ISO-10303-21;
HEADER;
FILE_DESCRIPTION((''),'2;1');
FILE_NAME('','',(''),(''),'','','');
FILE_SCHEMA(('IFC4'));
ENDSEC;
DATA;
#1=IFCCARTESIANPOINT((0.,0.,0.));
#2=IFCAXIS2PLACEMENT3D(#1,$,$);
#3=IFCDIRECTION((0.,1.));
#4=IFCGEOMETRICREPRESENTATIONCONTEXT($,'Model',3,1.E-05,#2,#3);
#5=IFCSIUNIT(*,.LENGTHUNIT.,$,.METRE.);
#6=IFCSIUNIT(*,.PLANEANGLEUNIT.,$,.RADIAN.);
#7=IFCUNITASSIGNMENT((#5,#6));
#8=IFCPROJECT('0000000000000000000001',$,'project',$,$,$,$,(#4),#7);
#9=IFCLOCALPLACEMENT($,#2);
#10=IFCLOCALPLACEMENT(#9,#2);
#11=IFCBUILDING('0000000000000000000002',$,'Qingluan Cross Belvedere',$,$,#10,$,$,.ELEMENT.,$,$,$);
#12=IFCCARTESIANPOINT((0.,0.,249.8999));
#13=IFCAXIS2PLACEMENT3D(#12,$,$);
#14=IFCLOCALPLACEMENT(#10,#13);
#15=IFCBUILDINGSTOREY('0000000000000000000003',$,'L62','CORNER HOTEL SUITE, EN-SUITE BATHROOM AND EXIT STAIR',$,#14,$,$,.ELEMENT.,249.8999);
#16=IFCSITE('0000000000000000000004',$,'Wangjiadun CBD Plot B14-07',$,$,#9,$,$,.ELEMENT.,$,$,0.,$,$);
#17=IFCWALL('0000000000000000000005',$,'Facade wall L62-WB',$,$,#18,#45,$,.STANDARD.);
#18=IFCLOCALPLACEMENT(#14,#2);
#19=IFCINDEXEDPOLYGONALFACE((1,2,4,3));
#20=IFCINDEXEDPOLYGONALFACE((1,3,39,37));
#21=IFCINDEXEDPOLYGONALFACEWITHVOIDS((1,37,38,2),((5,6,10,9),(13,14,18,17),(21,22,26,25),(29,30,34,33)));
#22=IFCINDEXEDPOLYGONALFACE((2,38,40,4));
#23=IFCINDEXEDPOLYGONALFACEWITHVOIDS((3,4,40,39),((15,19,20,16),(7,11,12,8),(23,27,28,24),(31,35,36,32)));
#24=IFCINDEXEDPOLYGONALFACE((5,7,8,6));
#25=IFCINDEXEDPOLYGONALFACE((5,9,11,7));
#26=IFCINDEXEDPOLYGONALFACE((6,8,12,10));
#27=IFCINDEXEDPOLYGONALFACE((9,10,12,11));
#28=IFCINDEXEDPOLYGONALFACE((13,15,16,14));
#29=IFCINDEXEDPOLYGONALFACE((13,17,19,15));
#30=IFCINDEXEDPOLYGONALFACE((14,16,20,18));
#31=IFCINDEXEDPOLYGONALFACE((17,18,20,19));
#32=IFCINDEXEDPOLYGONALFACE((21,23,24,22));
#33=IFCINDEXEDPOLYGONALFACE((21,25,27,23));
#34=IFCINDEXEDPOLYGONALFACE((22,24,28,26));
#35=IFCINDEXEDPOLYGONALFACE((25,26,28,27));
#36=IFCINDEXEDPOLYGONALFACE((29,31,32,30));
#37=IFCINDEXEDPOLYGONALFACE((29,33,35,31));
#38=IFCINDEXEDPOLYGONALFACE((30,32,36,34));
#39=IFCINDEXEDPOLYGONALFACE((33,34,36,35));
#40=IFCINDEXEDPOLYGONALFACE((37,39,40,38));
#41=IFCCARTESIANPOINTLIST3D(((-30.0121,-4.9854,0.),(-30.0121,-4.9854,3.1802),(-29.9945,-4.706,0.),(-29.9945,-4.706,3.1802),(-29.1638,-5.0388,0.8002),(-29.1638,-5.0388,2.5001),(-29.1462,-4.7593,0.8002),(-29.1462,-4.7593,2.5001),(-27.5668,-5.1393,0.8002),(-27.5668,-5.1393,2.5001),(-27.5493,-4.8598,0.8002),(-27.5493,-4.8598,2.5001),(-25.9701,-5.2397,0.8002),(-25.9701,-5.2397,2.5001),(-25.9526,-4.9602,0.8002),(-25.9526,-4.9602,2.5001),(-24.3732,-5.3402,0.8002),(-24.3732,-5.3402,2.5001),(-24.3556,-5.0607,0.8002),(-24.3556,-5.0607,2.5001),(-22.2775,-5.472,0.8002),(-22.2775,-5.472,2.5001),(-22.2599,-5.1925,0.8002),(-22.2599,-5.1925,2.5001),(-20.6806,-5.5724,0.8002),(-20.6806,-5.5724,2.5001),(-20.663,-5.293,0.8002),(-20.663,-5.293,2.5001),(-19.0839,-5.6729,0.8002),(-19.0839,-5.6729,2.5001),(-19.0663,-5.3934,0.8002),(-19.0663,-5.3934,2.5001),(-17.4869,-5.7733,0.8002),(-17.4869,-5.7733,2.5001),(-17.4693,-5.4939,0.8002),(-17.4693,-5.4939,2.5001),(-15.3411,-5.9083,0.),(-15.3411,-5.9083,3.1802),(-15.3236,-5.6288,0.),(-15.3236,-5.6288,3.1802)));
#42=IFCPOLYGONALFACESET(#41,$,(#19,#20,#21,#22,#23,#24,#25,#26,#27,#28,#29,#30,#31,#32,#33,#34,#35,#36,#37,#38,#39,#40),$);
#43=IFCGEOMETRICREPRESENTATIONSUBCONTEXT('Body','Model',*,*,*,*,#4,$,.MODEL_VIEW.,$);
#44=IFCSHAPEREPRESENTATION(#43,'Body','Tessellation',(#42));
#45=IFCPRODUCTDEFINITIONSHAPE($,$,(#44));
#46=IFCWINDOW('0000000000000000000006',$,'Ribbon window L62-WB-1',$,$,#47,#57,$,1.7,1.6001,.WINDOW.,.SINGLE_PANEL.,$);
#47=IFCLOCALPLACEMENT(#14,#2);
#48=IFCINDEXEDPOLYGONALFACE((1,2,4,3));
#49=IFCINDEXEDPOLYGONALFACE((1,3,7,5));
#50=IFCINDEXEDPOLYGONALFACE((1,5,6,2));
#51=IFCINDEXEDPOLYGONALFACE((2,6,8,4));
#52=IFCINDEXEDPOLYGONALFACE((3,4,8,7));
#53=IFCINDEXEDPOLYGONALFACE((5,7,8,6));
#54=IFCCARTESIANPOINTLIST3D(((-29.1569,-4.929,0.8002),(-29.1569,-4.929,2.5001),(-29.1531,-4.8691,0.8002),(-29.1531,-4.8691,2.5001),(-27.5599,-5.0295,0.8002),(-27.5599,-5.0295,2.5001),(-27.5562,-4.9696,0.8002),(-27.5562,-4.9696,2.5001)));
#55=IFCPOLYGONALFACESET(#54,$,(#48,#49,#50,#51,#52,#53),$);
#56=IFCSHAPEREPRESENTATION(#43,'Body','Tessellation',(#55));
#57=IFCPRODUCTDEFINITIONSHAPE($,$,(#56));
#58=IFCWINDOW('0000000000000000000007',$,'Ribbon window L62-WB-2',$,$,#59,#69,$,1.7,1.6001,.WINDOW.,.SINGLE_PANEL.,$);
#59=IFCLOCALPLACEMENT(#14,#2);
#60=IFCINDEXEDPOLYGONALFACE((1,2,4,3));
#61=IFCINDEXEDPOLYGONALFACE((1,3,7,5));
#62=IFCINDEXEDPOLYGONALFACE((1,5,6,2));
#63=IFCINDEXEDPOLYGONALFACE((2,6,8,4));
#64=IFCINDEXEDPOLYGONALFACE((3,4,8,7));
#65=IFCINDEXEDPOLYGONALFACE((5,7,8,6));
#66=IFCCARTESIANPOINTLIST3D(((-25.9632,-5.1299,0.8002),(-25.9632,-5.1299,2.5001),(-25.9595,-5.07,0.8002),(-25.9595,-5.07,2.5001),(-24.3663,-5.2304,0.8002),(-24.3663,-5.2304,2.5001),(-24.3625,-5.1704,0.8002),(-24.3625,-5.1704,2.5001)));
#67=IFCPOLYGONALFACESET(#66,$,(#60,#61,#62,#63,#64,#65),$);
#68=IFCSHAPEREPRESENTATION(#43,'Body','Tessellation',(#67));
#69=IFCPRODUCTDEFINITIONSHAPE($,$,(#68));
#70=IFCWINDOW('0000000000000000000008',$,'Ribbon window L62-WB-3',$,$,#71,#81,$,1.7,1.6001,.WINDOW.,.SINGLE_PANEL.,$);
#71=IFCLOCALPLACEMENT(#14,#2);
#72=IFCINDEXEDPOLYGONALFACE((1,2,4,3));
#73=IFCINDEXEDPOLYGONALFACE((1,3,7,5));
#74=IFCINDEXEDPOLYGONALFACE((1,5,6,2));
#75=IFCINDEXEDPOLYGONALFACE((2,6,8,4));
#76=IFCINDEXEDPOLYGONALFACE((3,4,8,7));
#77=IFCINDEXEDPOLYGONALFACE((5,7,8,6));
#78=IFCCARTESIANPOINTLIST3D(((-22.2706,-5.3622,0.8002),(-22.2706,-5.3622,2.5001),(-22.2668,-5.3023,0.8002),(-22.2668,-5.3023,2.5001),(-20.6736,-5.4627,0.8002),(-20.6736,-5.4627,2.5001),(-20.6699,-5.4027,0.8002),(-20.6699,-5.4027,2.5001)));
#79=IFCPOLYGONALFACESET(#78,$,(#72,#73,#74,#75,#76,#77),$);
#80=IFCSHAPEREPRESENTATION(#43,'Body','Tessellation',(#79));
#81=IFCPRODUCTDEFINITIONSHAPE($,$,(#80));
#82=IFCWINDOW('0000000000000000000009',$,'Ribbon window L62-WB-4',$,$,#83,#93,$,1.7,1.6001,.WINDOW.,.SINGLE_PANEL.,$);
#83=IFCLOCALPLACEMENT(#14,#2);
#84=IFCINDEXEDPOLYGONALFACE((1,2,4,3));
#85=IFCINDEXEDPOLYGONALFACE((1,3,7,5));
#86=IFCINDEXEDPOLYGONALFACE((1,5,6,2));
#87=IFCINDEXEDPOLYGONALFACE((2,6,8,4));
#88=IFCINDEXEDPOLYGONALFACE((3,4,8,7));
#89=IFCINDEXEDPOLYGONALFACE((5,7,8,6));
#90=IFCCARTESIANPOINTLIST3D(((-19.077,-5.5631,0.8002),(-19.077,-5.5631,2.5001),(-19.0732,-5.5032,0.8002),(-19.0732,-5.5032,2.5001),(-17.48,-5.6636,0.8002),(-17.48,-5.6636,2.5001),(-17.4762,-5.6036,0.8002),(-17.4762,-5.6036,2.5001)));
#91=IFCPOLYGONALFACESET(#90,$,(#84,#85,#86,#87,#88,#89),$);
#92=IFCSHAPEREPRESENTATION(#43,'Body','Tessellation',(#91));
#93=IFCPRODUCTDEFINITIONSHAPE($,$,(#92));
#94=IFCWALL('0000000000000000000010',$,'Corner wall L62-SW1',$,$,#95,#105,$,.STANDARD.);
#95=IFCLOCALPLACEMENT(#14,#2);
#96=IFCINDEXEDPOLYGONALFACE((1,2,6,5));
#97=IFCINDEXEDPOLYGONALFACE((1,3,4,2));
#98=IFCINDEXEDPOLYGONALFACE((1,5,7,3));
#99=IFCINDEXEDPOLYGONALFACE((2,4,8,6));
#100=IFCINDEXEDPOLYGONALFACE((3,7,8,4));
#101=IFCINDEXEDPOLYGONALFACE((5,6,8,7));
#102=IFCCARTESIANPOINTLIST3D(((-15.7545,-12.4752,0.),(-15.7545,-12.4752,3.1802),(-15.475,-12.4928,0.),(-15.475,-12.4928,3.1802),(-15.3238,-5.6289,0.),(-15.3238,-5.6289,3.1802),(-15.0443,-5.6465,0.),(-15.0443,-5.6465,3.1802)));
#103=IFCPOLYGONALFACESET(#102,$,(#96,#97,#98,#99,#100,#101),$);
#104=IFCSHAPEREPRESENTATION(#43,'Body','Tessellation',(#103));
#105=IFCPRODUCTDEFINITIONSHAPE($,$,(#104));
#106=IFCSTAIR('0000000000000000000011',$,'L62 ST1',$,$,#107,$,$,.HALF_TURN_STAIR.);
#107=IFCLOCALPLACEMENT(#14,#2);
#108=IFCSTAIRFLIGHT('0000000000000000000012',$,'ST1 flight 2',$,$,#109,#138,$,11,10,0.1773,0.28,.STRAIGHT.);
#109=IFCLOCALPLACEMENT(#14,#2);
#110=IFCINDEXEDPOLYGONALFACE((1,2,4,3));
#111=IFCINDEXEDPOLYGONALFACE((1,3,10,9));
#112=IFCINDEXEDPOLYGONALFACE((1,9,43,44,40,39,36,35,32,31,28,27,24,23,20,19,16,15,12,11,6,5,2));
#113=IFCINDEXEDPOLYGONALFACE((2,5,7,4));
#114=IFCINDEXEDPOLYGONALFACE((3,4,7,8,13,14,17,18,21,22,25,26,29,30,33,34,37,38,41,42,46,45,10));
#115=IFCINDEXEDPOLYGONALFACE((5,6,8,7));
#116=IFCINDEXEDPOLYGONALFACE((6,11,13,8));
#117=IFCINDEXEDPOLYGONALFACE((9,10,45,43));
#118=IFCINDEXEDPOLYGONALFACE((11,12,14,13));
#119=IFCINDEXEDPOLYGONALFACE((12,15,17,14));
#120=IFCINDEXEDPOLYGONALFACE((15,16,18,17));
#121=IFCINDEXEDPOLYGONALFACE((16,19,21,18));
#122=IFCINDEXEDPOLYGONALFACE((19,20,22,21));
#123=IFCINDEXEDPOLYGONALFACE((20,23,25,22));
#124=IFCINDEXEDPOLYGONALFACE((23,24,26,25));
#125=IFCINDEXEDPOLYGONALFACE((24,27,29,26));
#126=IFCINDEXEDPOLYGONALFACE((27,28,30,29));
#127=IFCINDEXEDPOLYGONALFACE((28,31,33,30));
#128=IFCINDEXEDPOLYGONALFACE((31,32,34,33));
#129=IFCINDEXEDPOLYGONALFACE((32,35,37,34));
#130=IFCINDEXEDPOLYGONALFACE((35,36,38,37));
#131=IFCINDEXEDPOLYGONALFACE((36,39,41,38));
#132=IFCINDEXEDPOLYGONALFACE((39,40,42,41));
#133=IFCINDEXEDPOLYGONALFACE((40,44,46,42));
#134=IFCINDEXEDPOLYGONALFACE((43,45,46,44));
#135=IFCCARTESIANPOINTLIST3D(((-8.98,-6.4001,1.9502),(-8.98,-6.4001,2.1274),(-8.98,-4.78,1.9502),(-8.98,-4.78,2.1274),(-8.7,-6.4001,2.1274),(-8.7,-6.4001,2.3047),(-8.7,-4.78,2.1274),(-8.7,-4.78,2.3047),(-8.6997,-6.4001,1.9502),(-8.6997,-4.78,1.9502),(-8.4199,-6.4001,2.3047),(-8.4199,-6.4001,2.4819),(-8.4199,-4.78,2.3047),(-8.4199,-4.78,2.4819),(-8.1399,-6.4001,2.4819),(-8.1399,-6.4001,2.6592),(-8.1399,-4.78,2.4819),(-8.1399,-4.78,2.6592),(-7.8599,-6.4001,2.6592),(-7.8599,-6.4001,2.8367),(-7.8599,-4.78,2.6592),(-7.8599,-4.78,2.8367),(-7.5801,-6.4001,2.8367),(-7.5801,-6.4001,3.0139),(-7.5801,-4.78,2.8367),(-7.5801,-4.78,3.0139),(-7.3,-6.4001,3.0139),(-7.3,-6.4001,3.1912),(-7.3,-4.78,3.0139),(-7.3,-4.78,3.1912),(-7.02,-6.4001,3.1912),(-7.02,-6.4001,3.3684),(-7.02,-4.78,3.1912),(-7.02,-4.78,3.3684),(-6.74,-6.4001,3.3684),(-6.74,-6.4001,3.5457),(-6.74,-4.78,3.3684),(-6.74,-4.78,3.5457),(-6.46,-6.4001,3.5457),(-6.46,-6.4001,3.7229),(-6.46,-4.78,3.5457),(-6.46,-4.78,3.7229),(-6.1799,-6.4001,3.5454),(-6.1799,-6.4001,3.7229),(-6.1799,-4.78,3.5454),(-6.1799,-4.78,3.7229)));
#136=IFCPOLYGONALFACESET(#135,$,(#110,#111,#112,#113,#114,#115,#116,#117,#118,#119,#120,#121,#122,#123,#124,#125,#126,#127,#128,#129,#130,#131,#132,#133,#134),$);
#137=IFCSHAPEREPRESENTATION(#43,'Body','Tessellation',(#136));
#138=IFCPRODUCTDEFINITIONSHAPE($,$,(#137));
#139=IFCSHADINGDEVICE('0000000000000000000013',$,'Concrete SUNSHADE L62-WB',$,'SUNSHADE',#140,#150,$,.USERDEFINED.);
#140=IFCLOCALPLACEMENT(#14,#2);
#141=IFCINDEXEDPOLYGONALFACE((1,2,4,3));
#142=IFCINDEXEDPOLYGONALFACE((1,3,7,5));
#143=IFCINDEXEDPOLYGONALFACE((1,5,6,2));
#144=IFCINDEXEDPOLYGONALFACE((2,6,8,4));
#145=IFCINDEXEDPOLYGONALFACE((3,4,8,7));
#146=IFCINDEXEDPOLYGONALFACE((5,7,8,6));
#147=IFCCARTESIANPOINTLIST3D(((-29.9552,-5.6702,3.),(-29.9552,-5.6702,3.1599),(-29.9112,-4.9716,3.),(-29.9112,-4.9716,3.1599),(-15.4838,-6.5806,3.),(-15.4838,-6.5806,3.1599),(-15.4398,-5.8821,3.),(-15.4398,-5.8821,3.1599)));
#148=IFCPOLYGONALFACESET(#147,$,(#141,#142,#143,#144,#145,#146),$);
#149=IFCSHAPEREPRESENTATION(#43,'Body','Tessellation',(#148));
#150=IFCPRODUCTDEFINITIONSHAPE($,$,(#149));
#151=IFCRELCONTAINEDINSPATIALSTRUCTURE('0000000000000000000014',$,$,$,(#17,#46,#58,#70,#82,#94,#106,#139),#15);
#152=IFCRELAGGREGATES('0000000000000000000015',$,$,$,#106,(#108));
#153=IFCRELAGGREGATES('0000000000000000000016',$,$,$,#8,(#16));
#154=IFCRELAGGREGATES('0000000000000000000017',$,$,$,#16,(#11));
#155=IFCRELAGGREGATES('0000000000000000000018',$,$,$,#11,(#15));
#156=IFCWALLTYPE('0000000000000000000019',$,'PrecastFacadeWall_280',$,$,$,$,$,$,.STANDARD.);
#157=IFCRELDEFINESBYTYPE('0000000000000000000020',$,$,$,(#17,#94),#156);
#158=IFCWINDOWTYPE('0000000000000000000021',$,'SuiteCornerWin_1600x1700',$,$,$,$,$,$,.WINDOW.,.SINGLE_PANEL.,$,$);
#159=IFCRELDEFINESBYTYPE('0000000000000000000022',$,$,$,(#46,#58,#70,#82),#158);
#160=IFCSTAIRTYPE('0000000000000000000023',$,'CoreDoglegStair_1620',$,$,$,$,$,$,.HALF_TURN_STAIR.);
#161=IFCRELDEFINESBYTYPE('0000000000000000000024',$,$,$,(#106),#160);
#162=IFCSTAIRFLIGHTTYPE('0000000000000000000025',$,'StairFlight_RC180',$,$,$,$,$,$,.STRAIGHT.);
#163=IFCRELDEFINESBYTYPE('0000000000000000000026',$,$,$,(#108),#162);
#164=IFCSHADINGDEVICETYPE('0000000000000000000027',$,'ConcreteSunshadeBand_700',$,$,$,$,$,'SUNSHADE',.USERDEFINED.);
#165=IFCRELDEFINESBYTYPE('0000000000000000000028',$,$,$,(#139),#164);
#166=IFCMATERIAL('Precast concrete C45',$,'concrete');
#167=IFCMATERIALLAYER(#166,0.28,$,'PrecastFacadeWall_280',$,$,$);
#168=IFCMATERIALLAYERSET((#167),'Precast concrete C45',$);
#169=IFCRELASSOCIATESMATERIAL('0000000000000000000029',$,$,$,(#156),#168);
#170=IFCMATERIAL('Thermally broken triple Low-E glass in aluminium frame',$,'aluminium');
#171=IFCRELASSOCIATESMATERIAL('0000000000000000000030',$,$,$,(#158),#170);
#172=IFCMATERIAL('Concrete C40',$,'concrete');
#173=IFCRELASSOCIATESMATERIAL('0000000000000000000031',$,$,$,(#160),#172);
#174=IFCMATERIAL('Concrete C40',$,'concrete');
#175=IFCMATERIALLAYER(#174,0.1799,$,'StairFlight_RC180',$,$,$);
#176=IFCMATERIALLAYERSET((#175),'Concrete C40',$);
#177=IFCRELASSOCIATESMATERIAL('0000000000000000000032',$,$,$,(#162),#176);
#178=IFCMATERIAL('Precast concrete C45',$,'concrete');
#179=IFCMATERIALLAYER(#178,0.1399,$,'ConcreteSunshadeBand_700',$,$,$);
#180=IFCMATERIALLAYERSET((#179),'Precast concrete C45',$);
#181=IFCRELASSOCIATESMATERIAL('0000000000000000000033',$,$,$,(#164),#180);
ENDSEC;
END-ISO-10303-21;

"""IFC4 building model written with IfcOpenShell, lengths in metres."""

from ifc_helpers import new_model, si_unit, direction, frame, frame_2d, origin, origin_2d, place, context, subcontext, project, spatial, polyline, rectangle, outline, extrude, material, layer, layer_set, type_object, element, fill, aggregate, save


model = new_model("IFC4")

# Units and contexts
model_context = context("Model", 3, precision=1e-05, world=origin(), true_north=direction((0.0, 1.0)))
body_context = subcontext(model_context, "Body", "Model", "MODEL_VIEW")
ifc_project = project(units=[si_unit("LENGTHUNIT", "METRE"), si_unit("PLANEANGLEUNIT", "RADIAN")], contexts=[model_context])

# Site, building, storey
site_placement = place(None, origin())
site = spatial("IfcSite", under=ifc_project, at=site_placement, Name="Wangjiadun CBD Plot B14-07", CompositionType="ELEMENT", RefElevation=0.0)
building_placement = place(site_placement, origin())
building = spatial("IfcBuilding", under=site, at=building_placement, Name="Qingluan Cross Belvedere", CompositionType="ELEMENT")
storey_placement = place(building_placement, frame((0.0, 0.0, 249.8999)))
storey = spatial("IfcBuildingStorey", under=building, at=storey_placement, Name="L62", Description="CORNER HOTEL SUITE, EN-SUITE BATHROOM AND EXIT STAIR", CompositionType="ELEMENT", Elevation=249.8999)

# Wall, openings, windows
ifc_material_1 = material(Name="Precast concrete C45", Category="concrete")
ifc_layer_1 = layer(ifc_material_1, 0.28, Name="PrecastFacadeWall_280")
ifc_layer_set_1 = layer_set([ifc_layer_1], Name="Precast concrete C45")
wall_type_1 = type_object("IfcWallType", Name="PrecastFacadeWall_280", PredefinedType="STANDARD", material=ifc_layer_set_1)
wall_1_placement = place(storey_placement, frame((-30.0034, -4.8457, 0.0), z_axis=(0.0, 0.0, 1.0), x_axis=(0.998027, -0.062779, 0.0)))
wall_1 = element("IfcWall", 1, at=wall_1_placement, inside=storey, type_object=wall_type_1, Name="Facade wall L62-WB", PredefinedType="STANDARD", context=body_context, shape_type="SweptSolid", body=[
    extrude(rectangle(XDim=14.7, YDim=0.28, at=frame_2d((7.3501, 0.0))), origin(), (0.0, 0.0, 1.0), 3.1802),
])
opening_1_placement = place(wall_1_placement, frame((0.8501, 0.0, 0.8)))
opening_1 = element("IfcOpeningElement", 2, at=opening_1_placement, cuts=wall_1, PredefinedType="OPENING", context=body_context, shape_type="SweptSolid", body=[
    extrude(rectangle(XDim=1.6001, YDim=1.7, at=frame_2d((0.8, 0.8501))), frame((0.0, 0.1499, 0.0), z_axis=(0.0, -1.0, 0.0), x_axis=(1.0, 0.0, 0.0)), (0.0, 0.0, 1.0), 0.3),
])
opening_2_placement = place(wall_1_placement, frame((4.05, 0.0, 0.8)))
opening_2 = element("IfcOpeningElement", 3, at=opening_2_placement, cuts=wall_1, PredefinedType="OPENING", context=body_context, shape_type="SweptSolid", body=[
    extrude(rectangle(XDim=1.6001, YDim=1.7, at=frame_2d((0.8, 0.8501))), frame((0.0, 0.1499, 0.0), z_axis=(0.0, -1.0, 0.0), x_axis=(1.0, 0.0, 0.0)), (0.0, 0.0, 1.0), 0.3),
])
opening_3_placement = place(wall_1_placement, frame((7.75, 0.0, 0.8)))
opening_3 = element("IfcOpeningElement", 4, at=opening_3_placement, cuts=wall_1, PredefinedType="OPENING", context=body_context, shape_type="SweptSolid", body=[
    extrude(rectangle(XDim=1.6001, YDim=1.7, at=frame_2d((0.8, 0.8501))), frame((0.0, 0.1499, 0.0), z_axis=(0.0, -1.0, 0.0), x_axis=(1.0, 0.0, 0.0)), (0.0, 0.0, 1.0), 0.3),
])
opening_4_placement = place(wall_1_placement, frame((10.95, 0.0, 0.8)))
opening_4 = element("IfcOpeningElement", 5, at=opening_4_placement, cuts=wall_1, PredefinedType="OPENING", context=body_context, shape_type="SweptSolid", body=[
    extrude(rectangle(XDim=1.6001, YDim=1.7, at=frame_2d((0.8, 0.8501))), frame((0.0, 0.1499, 0.0), z_axis=(0.0, -1.0, 0.0), x_axis=(1.0, 0.0, 0.0)), (0.0, 0.0, 1.0), 0.3),
])
ifc_material_2 = material(Name="Thermally broken triple Low-E glass in aluminium frame", Category="aluminium")
window_type = type_object("IfcWindowType", Name="SuiteCornerWin_1600x1700", PartitioningType="SINGLE_PANEL", PredefinedType="WINDOW", material=ifc_material_2)
window_1_placement = place(opening_1_placement, origin())
window_1 = element("IfcWindow", 6, at=window_1_placement, inside=storey, type_object=window_type, Name="Ribbon window L62-WB-1", OverallHeight=1.7, OverallWidth=1.6001, PartitioningType="SINGLE_PANEL", PredefinedType="WINDOW", context=body_context, shape_type="SweptSolid", body=[
    extrude(rectangle(XDim=1.6001, YDim=1.7, at=frame_2d((0.8, 0.8501))), frame((0.0, 0.03, 0.0), z_axis=(0.0, -1.0, 0.0), x_axis=(1.0, 0.0, 0.0)), (0.0, 0.0, 1.0), 0.0601),
])
fill(opening_1, window_1)
window_2_placement = place(opening_2_placement, origin())
window_2 = element("IfcWindow", 7, at=window_2_placement, inside=storey, type_object=window_type, Name="Ribbon window L62-WB-2", OverallHeight=1.7, OverallWidth=1.6001, PartitioningType="SINGLE_PANEL", PredefinedType="WINDOW", context=body_context, shape_type="SweptSolid", body=[
    extrude(rectangle(XDim=1.6001, YDim=1.7, at=frame_2d((0.8, 0.8501))), frame((0.0, 0.03, 0.0), z_axis=(0.0, -1.0, 0.0), x_axis=(1.0, 0.0, 0.0)), (0.0, 0.0, 1.0), 0.0601),
])
fill(opening_2, window_2)
window_3_placement = place(opening_3_placement, origin())
window_3 = element("IfcWindow", 8, at=window_3_placement, inside=storey, type_object=window_type, Name="Ribbon window L62-WB-3", OverallHeight=1.7, OverallWidth=1.6001, PartitioningType="SINGLE_PANEL", PredefinedType="WINDOW", context=body_context, shape_type="SweptSolid", body=[
    extrude(rectangle(XDim=1.6001, YDim=1.7, at=frame_2d((0.8, 0.8501))), frame((0.0, 0.03, 0.0), z_axis=(0.0, -1.0, 0.0), x_axis=(1.0, 0.0, 0.0)), (0.0, 0.0, 1.0), 0.0601),
])
fill(opening_3, window_3)
window_4_placement = place(opening_4_placement, origin())
window_4 = element("IfcWindow", 9, at=window_4_placement, inside=storey, type_object=window_type, Name="Ribbon window L62-WB-4", OverallHeight=1.7, OverallWidth=1.6001, PartitioningType="SINGLE_PANEL", PredefinedType="WINDOW", context=body_context, shape_type="SweptSolid", body=[
    extrude(rectangle(XDim=1.6001, YDim=1.7, at=frame_2d((0.8, 0.8501))), frame((0.0, 0.03, 0.0), z_axis=(0.0, -1.0, 0.0), x_axis=(1.0, 0.0, 0.0)), (0.0, 0.0, 1.0), 0.0601),
])
fill(opening_4, window_4)

# Wall
wall_2_placement = place(storey_placement, frame((-15.1841, -5.6377, 0.0), z_axis=(0.0, 0.0, 1.0), x_axis=(-0.062779, -0.998027, 0.0)))
element("IfcWall", 10, at=wall_2_placement, inside=storey, type_object=wall_type_1, Name="Corner wall L62-SW1", PredefinedType="STANDARD", context=body_context, shape_type="SweptSolid", body=[
    extrude(rectangle(XDim=6.8599, YDim=0.28, at=frame_2d((3.4299, 0.0))), origin(), (0.0, 0.0, 1.0), 3.1802),
])

# Stair, stair flight
ifc_material_3 = material(Name="Concrete C40", Category="concrete")
stair_type = type_object("IfcStairType", Name="CoreDoglegStair_1620", PredefinedType="HALF_TURN_STAIR", material=ifc_material_3)
stair_placement = place(storey_placement, origin())
stair = element("IfcStair", 11, at=stair_placement, inside=storey, type_object=stair_type, Name="L62 ST1", PredefinedType="HALF_TURN_STAIR")
ifc_material_4 = material(Name="Concrete C40", Category="concrete")
ifc_layer_2 = layer(ifc_material_4, 0.1799, Name="StairFlight_RC180")
ifc_layer_set_2 = layer_set([ifc_layer_2], Name="Concrete C40")
stair_flight_type = type_object("IfcStairFlightType", Name="StairFlight_RC180", PredefinedType="STRAIGHT", material=ifc_layer_set_2)
stair_flight_placement = place(storey_placement, frame((-8.98, -5.5901, 1.9502), z_axis=(0.0, 0.0, 1.0), x_axis=(1.0, 0.0, 0.0)))
stair_flight = element("IfcStairFlight", 12, at=stair_flight_placement, type_object=stair_flight_type, Name="ST1 flight 2", NumberOfRisers=11, NumberOfTreads=10, PredefinedType="STRAIGHT", RiserHeight=0.1773, TreadLength=0.28, context=body_context, shape_type="SweptSolid", body=[
    extrude(outline(polyline([(0.0, 0.0), (0.0, 0.1772), (0.28, 0.1772), (0.28, 0.3545), (0.5601, 0.3545), (0.5601, 0.5317), (0.8401, 0.5317), (0.8401, 0.709), (1.1201, 0.709), (1.1201, 0.8865), (1.3999, 0.8865), (1.3999, 1.0637), (1.6799, 1.0637), (1.6799, 1.241), (1.96, 1.241), (1.96, 1.4182), (2.24, 1.4182), (2.24, 1.5955), (2.52, 1.5955), (2.52, 1.7727), (2.8, 1.7727), (2.8, 1.95), (2.8, 1.5952), (0.2803, 0.0), (0.0, 0.0)])), frame((0.0, 0.8101, 0.0), z_axis=(0.0, -1.0, 0.0), x_axis=(1.0, 0.0, 0.0)), (0.0, 0.0, 1.0), 1.6201),
])
aggregate(stair, [stair_flight])

# Shading device
ifc_material_5 = material(Name="Precast concrete C45", Category="concrete")
ifc_layer_3 = layer(ifc_material_5, 0.1399, Name="ConcreteSunshadeBand_700")
ifc_layer_set_3 = layer_set([ifc_layer_3], Name="Precast concrete C45")
shading_device_type = type_object("IfcShadingDeviceType", Name="ConcreteSunshadeBand_700", ElementType="SUNSHADE", PredefinedType="USERDEFINED", material=ifc_layer_set_3)
shading_device_placement = place(storey_placement, frame((-22.6975, -5.7761, 3.0), z_axis=(0.0, 0.0, 1.0), x_axis=(0.998027, -0.062789, 0.0)))
element("IfcShadingDevice", 13, at=shading_device_placement, inside=storey, type_object=shading_device_type, Name="Concrete SUNSHADE L62-WB", ObjectType="SUNSHADE", PredefinedType="USERDEFINED", context=body_context, shape_type="SweptSolid", body=[
    extrude(rectangle(XDim=14.5, YDim=0.7, at=origin_2d()), origin(), (0.0, 0.0, 1.0), 0.1599),
])

save(model, "model.ifc")
